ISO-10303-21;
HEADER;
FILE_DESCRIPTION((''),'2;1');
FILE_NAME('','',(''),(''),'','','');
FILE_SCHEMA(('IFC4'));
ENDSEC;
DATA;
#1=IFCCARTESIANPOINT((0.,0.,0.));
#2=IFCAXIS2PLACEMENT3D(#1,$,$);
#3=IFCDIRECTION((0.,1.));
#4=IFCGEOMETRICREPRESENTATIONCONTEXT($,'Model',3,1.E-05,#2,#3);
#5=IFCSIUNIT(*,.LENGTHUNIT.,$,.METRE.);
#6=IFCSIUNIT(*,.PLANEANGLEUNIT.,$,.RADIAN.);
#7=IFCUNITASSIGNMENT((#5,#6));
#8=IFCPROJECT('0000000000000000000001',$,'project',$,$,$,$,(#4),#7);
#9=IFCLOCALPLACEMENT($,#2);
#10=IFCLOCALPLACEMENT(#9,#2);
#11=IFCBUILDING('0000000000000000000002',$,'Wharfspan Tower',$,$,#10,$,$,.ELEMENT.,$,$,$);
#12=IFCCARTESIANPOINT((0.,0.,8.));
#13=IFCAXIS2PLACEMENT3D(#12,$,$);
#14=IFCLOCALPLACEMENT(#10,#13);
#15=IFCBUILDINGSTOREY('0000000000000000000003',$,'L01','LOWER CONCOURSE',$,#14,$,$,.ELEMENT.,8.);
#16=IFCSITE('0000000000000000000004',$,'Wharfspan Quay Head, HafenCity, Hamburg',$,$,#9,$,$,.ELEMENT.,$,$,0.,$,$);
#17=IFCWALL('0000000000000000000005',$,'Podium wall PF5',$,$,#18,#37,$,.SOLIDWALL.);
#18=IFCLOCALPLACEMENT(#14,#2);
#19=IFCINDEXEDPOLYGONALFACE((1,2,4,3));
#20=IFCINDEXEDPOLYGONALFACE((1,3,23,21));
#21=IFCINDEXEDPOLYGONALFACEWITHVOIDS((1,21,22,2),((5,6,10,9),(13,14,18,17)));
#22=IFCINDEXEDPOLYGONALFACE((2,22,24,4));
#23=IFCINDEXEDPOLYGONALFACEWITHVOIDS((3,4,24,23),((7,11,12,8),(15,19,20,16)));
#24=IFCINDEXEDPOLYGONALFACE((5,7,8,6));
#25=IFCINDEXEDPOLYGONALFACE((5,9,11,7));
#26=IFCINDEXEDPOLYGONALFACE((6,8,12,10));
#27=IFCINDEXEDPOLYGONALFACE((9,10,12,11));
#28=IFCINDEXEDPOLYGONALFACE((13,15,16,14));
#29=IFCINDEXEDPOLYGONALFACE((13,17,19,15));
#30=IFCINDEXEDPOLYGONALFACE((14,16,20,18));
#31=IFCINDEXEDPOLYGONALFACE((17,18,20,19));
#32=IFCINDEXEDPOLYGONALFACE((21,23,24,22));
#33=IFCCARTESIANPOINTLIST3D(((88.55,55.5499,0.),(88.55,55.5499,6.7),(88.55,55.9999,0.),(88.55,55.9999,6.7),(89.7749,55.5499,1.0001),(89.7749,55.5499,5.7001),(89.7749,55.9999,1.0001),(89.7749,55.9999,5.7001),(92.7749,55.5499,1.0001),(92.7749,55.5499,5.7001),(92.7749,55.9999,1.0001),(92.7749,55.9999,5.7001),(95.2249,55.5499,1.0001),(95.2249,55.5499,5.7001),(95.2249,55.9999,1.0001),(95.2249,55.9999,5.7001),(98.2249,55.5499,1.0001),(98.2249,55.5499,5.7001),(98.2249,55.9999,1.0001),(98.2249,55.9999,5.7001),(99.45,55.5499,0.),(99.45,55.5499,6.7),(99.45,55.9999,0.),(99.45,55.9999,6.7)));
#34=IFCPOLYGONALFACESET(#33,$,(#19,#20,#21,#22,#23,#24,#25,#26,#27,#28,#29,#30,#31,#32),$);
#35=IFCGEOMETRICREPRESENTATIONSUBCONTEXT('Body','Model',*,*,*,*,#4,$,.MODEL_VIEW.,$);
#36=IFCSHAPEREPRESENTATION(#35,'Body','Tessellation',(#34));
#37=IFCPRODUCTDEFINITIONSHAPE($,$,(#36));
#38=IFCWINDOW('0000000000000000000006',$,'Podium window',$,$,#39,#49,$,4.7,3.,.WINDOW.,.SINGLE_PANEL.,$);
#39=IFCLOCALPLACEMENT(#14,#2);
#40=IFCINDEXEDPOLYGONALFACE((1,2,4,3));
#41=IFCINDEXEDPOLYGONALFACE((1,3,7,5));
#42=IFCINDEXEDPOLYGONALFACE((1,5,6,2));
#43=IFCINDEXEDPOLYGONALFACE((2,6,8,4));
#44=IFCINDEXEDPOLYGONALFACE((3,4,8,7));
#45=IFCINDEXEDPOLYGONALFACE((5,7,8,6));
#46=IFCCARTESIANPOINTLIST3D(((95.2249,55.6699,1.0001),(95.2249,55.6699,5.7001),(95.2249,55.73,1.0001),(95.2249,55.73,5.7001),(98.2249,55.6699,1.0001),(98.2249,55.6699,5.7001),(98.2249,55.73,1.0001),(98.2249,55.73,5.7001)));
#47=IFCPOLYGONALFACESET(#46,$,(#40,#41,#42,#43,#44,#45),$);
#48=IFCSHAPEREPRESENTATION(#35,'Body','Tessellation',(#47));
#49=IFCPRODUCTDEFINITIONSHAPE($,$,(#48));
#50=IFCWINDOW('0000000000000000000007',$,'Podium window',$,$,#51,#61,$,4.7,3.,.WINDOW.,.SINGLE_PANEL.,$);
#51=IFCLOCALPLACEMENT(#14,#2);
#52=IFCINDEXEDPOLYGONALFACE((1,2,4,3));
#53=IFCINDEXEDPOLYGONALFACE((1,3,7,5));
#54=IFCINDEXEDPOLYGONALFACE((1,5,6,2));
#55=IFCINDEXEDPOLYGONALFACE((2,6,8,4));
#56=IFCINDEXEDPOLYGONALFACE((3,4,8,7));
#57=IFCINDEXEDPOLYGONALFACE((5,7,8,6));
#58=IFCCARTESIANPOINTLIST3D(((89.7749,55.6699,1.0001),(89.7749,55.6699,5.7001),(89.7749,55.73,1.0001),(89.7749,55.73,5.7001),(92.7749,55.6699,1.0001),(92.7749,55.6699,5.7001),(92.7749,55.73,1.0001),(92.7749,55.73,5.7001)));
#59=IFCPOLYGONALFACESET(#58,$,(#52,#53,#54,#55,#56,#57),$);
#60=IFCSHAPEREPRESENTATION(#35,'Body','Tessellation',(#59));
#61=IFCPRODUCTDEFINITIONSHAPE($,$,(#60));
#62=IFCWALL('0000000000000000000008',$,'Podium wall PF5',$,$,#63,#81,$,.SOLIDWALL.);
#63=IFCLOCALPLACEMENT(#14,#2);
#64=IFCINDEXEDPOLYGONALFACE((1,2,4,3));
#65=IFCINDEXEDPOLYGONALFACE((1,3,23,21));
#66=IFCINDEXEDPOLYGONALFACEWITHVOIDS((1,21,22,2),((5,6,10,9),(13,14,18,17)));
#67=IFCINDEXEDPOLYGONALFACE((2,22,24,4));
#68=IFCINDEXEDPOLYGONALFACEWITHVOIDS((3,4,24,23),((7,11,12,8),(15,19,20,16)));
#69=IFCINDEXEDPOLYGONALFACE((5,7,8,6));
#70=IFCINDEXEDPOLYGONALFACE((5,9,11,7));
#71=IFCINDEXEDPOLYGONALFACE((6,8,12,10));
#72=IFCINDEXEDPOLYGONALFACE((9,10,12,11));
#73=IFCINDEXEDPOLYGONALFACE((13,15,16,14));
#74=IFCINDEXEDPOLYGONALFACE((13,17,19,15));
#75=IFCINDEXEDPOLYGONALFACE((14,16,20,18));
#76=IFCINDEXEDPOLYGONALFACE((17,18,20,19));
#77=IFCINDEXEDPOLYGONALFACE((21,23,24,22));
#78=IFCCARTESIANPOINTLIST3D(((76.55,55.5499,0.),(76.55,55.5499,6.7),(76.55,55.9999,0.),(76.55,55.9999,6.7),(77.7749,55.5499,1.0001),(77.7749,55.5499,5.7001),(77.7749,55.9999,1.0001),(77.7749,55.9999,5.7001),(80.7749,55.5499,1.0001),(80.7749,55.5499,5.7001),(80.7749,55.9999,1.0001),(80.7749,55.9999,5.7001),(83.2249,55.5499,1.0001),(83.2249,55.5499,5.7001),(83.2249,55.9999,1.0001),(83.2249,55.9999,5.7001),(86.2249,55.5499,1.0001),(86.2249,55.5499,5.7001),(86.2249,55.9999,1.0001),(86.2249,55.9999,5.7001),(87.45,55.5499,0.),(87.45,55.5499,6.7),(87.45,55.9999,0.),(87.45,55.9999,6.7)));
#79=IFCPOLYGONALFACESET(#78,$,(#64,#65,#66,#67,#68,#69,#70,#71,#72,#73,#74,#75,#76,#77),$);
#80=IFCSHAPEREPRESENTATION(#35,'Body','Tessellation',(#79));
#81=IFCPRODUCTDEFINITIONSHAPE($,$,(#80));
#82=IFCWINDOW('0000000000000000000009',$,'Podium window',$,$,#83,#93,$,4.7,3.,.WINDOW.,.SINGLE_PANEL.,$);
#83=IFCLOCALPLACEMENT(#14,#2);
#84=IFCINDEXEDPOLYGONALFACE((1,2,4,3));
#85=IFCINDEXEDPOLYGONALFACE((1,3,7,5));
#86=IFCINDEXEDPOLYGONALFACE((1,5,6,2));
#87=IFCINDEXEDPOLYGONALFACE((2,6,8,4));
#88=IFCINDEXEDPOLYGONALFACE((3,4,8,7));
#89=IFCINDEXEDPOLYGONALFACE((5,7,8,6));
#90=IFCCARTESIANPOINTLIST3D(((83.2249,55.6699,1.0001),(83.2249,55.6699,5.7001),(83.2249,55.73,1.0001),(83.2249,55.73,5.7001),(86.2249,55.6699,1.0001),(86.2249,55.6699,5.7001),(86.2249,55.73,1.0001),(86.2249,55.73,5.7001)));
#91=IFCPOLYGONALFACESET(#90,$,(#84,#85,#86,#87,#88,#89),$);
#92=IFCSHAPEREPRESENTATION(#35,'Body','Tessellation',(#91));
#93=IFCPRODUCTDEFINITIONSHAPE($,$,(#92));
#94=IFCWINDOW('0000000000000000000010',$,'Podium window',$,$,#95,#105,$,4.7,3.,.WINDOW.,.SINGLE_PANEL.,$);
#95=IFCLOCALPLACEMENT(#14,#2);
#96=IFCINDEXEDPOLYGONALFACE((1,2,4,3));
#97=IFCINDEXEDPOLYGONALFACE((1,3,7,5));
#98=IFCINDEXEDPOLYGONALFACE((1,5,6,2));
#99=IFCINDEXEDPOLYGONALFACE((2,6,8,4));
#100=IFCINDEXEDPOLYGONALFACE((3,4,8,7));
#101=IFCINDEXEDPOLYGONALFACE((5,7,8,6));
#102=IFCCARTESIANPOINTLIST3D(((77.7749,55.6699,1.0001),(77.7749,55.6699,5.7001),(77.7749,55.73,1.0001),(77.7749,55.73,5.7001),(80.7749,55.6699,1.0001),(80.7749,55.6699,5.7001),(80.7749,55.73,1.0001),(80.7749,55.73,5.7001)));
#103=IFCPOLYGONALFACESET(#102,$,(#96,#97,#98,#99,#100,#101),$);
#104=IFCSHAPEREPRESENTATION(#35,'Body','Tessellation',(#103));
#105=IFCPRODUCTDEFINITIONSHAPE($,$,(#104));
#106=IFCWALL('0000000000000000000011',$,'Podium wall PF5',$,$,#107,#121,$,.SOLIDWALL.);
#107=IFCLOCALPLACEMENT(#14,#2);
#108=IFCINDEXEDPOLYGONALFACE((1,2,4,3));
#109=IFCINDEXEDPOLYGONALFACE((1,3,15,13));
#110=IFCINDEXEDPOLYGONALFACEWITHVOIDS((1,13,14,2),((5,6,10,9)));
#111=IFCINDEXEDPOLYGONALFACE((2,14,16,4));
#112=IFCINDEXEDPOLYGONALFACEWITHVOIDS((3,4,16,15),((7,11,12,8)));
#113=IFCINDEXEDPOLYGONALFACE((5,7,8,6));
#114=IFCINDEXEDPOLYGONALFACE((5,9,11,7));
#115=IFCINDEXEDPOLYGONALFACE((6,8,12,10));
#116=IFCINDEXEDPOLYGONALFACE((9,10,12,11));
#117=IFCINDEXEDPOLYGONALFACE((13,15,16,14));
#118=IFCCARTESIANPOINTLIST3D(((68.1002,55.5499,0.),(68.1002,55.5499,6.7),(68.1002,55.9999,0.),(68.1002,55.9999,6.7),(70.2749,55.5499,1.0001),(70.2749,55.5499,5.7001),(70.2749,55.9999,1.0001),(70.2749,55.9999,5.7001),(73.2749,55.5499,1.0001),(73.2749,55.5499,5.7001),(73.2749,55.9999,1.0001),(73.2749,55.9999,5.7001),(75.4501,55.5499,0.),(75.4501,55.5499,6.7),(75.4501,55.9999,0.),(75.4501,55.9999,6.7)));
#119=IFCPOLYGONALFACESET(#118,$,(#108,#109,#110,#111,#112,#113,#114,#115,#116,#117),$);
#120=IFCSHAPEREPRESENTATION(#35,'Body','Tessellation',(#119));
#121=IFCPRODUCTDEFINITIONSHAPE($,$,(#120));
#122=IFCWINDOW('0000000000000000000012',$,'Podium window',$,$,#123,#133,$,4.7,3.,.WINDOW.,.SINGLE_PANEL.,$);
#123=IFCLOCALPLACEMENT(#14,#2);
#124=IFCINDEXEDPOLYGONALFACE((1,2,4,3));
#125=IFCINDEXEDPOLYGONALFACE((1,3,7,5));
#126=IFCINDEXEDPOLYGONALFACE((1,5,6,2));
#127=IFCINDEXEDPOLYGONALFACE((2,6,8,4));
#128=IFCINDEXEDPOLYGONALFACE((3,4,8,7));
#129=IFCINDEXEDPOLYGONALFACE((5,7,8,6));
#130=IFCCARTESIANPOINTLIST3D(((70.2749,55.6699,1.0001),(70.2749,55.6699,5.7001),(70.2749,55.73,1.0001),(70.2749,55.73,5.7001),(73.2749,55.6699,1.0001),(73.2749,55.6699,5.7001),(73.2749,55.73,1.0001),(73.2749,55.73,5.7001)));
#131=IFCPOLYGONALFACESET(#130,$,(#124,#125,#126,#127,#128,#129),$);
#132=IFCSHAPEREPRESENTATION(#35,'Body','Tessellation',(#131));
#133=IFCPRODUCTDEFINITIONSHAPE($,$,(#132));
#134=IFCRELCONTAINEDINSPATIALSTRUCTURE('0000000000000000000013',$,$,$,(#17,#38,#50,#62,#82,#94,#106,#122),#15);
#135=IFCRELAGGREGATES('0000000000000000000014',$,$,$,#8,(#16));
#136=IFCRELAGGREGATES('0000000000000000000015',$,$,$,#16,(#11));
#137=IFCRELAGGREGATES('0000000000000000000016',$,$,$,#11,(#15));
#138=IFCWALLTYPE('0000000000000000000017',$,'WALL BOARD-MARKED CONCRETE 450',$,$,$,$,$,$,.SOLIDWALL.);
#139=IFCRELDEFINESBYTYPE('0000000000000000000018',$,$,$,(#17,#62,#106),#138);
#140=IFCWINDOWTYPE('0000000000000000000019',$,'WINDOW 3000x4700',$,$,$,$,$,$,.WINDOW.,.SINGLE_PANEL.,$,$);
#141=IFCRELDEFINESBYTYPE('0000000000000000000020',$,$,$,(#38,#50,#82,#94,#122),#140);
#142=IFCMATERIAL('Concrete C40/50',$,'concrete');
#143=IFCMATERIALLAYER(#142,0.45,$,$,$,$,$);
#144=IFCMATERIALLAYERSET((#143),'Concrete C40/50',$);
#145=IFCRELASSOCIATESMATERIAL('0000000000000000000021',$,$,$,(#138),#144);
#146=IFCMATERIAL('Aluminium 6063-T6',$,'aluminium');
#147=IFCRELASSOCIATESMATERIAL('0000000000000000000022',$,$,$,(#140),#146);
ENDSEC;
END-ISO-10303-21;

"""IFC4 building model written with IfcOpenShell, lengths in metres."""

from ifc_helpers import new_model, si_unit, direction, frame, frame_2d, origin, place, context, subcontext, project, spatial, rectangle, extrude, material, layer, layer_set, type_object, element, fill, save


model = new_model("IFC4")

# Units and contexts
model_context = context("Model", 3, precision=1e-05, world=origin(), true_north=direction((0.0, 1.0)))
body_context = subcontext(model_context, "Body", "Model", "MODEL_VIEW")
ifc_project = project(units=[si_unit("LENGTHUNIT", "METRE"), si_unit("PLANEANGLEUNIT", "RADIAN")], contexts=[model_context])

# Site, building, storey
site_placement = place(None, origin())
site = spatial("IfcSite", under=ifc_project, at=site_placement, Name="Wharfspan Quay Head, HafenCity, Hamburg", CompositionType="ELEMENT", RefElevation=0.0)
building_placement = place(site_placement, origin())
building = spatial("IfcBuilding", under=site, at=building_placement, Name="Wharfspan Tower", CompositionType="ELEMENT")
storey_placement = place(building_placement, frame((0.0, 0.0, 8.0)))
storey = spatial("IfcBuildingStorey", under=building, at=storey_placement, Name="L01", Description="LOWER CONCOURSE", CompositionType="ELEMENT", Elevation=8.0)

# Walls, openings, windows
ifc_material_1 = material(Name="Concrete C40/50", Category="concrete")
ifc_layer_1 = layer(ifc_material_1, 0.45)
ifc_layer_set_1 = layer_set([ifc_layer_1], Name="Concrete C40/50")
wall_type_1 = type_object("IfcWallType", Name="WALL BOARD-MARKED CONCRETE 450", PredefinedType="SOLIDWALL", material=ifc_layer_set_1)
wall_1_placement = place(storey_placement, frame((99.45, 55.7749, 0.0), z_axis=(0.0, 0.0, 1.0), x_axis=(-1.0, 0.0, 0.0)))
wall_1 = element("IfcWall", 1, at=wall_1_placement, inside=storey, type_object=wall_type_1, Name="Podium wall PF5", PredefinedType="SOLIDWALL", context=body_context, shape_type="SweptSolid", body=[
    extrude(rectangle(XDim=10.8999, YDim=0.45, at=frame_2d((5.45, 0.0))), origin(), (0.0, 0.0, 1.0), 6.7),
])
opening_1_placement = place(wall_1_placement, frame((1.2251, 0.0, 1.0)))
opening_1 = element("IfcOpeningElement", 2, at=opening_1_placement, cuts=wall_1, PredefinedType="OPENING", context=body_context, shape_type="SweptSolid", body=[
    extrude(rectangle(XDim=3.0, YDim=4.7, at=frame_2d((1.5, 2.3501))), frame((0.0, 0.2349, 0.0), z_axis=(0.0, -1.0, 0.0), x_axis=(1.0, 0.0, 0.0)), (0.0, 0.0, 1.0), 0.47),
])
opening_2_placement = place(wall_1_placement, frame((6.675, 0.0, 1.0)))
opening_2 = element("IfcOpeningElement", 3, at=opening_2_placement, cuts=wall_1, PredefinedType="OPENING", context=body_context, shape_type="SweptSolid", body=[
    extrude(rectangle(XDim=3.0, YDim=4.7, at=frame_2d((1.5, 2.3501))), frame((0.0, 0.2349, 0.0), z_axis=(0.0, -1.0, 0.0), x_axis=(1.0, 0.0, 0.0)), (0.0, 0.0, 1.0), 0.47),
])
ifc_material_2 = material(Name="Aluminium 6063-T6", Category="aluminium")
window_type = type_object("IfcWindowType", Name="WINDOW 3000x4700", PartitioningType="SINGLE_PANEL", PredefinedType="WINDOW", material=ifc_material_2)
window_1_placement = place(opening_1_placement, origin())
window_1 = element("IfcWindow", 4, at=window_1_placement, inside=storey, type_object=window_type, Name="Podium window", OverallHeight=4.7, OverallWidth=3.0, PartitioningType="SINGLE_PANEL", PredefinedType="WINDOW", context=body_context, shape_type="SweptSolid", body=[
    extrude(rectangle(XDim=3.0, YDim=4.7, at=frame_2d((1.5, 2.3501))), frame((0.0, 0.105, 0.0), z_axis=(0.0, -1.0, 0.0), x_axis=(1.0, 0.0, 0.0)), (0.0, 0.0, 1.0), 0.0601),
])
fill(opening_1, window_1)
window_2_placement = place(opening_2_placement, origin())
window_2 = element("IfcWindow", 5, at=window_2_placement, inside=storey, type_object=window_type, Name="Podium window", OverallHeight=4.7, OverallWidth=3.0, PartitioningType="SINGLE_PANEL", PredefinedType="WINDOW", context=body_context, shape_type="SweptSolid", body=[
    extrude(rectangle(XDim=3.0, YDim=4.7, at=frame_2d((1.5, 2.3501))), frame((0.0, 0.105, 0.0), z_axis=(0.0, -1.0, 0.0), x_axis=(1.0, 0.0, 0.0)), (0.0, 0.0, 1.0), 0.0601),
])
fill(opening_2, window_2)
wall_2_placement = place(storey_placement, frame((87.45, 55.7749, 0.0), z_axis=(0.0, 0.0, 1.0), x_axis=(-1.0, 0.0, 0.0)))
wall_2 = element("IfcWall", 6, at=wall_2_placement, inside=storey, type_object=wall_type_1, Name="Podium wall PF5", PredefinedType="SOLIDWALL", context=body_context, shape_type="SweptSolid", body=[
    extrude(rectangle(XDim=10.8999, YDim=0.45, at=frame_2d((5.45, 0.0))), origin(), (0.0, 0.0, 1.0), 6.7),
])
opening_3_placement = place(wall_2_placement, frame((1.2251, 0.0, 1.0)))
opening_3 = element("IfcOpeningElement", 7, at=opening_3_placement, cuts=wall_2, PredefinedType="OPENING", context=body_context, shape_type="SweptSolid", body=[
    extrude(rectangle(XDim=3.0, YDim=4.7, at=frame_2d((1.5, 2.3501))), frame((0.0, 0.2349, 0.0), z_axis=(0.0, -1.0, 0.0), x_axis=(1.0, 0.0, 0.0)), (0.0, 0.0, 1.0), 0.47),
])
opening_4_placement = place(wall_2_placement, frame((6.675, 0.0, 1.0)))
opening_4 = element("IfcOpeningElement", 8, at=opening_4_placement, cuts=wall_2, PredefinedType="OPENING", context=body_context, shape_type="SweptSolid", body=[
    extrude(rectangle(XDim=3.0, YDim=4.7, at=frame_2d((1.5, 2.3501))), frame((0.0, 0.2349, 0.0), z_axis=(0.0, -1.0, 0.0), x_axis=(1.0, 0.0, 0.0)), (0.0, 0.0, 1.0), 0.47),
])
window_3_placement = place(opening_3_placement, origin())
window_3 = element("IfcWindow", 9, at=window_3_placement, inside=storey, type_object=window_type, Name="Podium window", OverallHeight=4.7, OverallWidth=3.0, PartitioningType="SINGLE_PANEL", PredefinedType="WINDOW", context=body_context, shape_type="SweptSolid", body=[
    extrude(rectangle(XDim=3.0, YDim=4.7, at=frame_2d((1.5, 2.3501))), frame((0.0, 0.105, 0.0), z_axis=(0.0, -1.0, 0.0), x_axis=(1.0, 0.0, 0.0)), (0.0, 0.0, 1.0), 0.0601),
])
fill(opening_3, window_3)
window_4_placement = place(opening_4_placement, origin())
window_4 = element("IfcWindow", 10, at=window_4_placement, inside=storey, type_object=window_type, Name="Podium window", OverallHeight=4.7, OverallWidth=3.0, PartitioningType="SINGLE_PANEL", PredefinedType="WINDOW", context=body_context, shape_type="SweptSolid", body=[
    extrude(rectangle(XDim=3.0, YDim=4.7, at=frame_2d((1.5, 2.3501))), frame((0.0, 0.105, 0.0), z_axis=(0.0, -1.0, 0.0), x_axis=(1.0, 0.0, 0.0)), (0.0, 0.0, 1.0), 0.0601),
])
fill(opening_4, window_4)

# Wall, opening, window
wall_3_placement = place(storey_placement, frame((75.45, 55.7749, 0.0), z_axis=(0.0, 0.0, 1.0), x_axis=(-1.0, 0.0, 0.0)))
wall_3 = element("IfcWall", 11, at=wall_3_placement, inside=storey, type_object=wall_type_1, Name="Podium wall PF5", PredefinedType="SOLIDWALL", context=body_context, shape_type="SweptSolid", body=[
    extrude(rectangle(XDim=7.3499, YDim=0.45, at=frame_2d((3.6748, 0.0))), origin(), (0.0, 0.0, 1.0), 6.7),
])
opening_5_placement = place(wall_3_placement, frame((2.175, 0.0, 1.0)))
opening_5 = element("IfcOpeningElement", 12, at=opening_5_placement, cuts=wall_3, PredefinedType="OPENING", context=body_context, shape_type="SweptSolid", body=[
    extrude(rectangle(XDim=3.0, YDim=4.7, at=frame_2d((1.5, 2.3501))), frame((0.0, 0.2349, 0.0), z_axis=(0.0, -1.0, 0.0), x_axis=(1.0, 0.0, 0.0)), (0.0, 0.0, 1.0), 0.47),
])
window_5_placement = place(opening_5_placement, origin())
window_5 = element("IfcWindow", 13, at=window_5_placement, inside=storey, type_object=window_type, Name="Podium window", OverallHeight=4.7, OverallWidth=3.0, PartitioningType="SINGLE_PANEL", PredefinedType="WINDOW", context=body_context, shape_type="SweptSolid", body=[
    extrude(rectangle(XDim=3.0, YDim=4.7, at=frame_2d((1.5, 2.3501))), frame((0.0, 0.105, 0.0), z_axis=(0.0, -1.0, 0.0), x_axis=(1.0, 0.0, 0.0)), (0.0, 0.0, 1.0), 0.0601),
])
fill(opening_5, window_5)

save(model, "model.ifc")
